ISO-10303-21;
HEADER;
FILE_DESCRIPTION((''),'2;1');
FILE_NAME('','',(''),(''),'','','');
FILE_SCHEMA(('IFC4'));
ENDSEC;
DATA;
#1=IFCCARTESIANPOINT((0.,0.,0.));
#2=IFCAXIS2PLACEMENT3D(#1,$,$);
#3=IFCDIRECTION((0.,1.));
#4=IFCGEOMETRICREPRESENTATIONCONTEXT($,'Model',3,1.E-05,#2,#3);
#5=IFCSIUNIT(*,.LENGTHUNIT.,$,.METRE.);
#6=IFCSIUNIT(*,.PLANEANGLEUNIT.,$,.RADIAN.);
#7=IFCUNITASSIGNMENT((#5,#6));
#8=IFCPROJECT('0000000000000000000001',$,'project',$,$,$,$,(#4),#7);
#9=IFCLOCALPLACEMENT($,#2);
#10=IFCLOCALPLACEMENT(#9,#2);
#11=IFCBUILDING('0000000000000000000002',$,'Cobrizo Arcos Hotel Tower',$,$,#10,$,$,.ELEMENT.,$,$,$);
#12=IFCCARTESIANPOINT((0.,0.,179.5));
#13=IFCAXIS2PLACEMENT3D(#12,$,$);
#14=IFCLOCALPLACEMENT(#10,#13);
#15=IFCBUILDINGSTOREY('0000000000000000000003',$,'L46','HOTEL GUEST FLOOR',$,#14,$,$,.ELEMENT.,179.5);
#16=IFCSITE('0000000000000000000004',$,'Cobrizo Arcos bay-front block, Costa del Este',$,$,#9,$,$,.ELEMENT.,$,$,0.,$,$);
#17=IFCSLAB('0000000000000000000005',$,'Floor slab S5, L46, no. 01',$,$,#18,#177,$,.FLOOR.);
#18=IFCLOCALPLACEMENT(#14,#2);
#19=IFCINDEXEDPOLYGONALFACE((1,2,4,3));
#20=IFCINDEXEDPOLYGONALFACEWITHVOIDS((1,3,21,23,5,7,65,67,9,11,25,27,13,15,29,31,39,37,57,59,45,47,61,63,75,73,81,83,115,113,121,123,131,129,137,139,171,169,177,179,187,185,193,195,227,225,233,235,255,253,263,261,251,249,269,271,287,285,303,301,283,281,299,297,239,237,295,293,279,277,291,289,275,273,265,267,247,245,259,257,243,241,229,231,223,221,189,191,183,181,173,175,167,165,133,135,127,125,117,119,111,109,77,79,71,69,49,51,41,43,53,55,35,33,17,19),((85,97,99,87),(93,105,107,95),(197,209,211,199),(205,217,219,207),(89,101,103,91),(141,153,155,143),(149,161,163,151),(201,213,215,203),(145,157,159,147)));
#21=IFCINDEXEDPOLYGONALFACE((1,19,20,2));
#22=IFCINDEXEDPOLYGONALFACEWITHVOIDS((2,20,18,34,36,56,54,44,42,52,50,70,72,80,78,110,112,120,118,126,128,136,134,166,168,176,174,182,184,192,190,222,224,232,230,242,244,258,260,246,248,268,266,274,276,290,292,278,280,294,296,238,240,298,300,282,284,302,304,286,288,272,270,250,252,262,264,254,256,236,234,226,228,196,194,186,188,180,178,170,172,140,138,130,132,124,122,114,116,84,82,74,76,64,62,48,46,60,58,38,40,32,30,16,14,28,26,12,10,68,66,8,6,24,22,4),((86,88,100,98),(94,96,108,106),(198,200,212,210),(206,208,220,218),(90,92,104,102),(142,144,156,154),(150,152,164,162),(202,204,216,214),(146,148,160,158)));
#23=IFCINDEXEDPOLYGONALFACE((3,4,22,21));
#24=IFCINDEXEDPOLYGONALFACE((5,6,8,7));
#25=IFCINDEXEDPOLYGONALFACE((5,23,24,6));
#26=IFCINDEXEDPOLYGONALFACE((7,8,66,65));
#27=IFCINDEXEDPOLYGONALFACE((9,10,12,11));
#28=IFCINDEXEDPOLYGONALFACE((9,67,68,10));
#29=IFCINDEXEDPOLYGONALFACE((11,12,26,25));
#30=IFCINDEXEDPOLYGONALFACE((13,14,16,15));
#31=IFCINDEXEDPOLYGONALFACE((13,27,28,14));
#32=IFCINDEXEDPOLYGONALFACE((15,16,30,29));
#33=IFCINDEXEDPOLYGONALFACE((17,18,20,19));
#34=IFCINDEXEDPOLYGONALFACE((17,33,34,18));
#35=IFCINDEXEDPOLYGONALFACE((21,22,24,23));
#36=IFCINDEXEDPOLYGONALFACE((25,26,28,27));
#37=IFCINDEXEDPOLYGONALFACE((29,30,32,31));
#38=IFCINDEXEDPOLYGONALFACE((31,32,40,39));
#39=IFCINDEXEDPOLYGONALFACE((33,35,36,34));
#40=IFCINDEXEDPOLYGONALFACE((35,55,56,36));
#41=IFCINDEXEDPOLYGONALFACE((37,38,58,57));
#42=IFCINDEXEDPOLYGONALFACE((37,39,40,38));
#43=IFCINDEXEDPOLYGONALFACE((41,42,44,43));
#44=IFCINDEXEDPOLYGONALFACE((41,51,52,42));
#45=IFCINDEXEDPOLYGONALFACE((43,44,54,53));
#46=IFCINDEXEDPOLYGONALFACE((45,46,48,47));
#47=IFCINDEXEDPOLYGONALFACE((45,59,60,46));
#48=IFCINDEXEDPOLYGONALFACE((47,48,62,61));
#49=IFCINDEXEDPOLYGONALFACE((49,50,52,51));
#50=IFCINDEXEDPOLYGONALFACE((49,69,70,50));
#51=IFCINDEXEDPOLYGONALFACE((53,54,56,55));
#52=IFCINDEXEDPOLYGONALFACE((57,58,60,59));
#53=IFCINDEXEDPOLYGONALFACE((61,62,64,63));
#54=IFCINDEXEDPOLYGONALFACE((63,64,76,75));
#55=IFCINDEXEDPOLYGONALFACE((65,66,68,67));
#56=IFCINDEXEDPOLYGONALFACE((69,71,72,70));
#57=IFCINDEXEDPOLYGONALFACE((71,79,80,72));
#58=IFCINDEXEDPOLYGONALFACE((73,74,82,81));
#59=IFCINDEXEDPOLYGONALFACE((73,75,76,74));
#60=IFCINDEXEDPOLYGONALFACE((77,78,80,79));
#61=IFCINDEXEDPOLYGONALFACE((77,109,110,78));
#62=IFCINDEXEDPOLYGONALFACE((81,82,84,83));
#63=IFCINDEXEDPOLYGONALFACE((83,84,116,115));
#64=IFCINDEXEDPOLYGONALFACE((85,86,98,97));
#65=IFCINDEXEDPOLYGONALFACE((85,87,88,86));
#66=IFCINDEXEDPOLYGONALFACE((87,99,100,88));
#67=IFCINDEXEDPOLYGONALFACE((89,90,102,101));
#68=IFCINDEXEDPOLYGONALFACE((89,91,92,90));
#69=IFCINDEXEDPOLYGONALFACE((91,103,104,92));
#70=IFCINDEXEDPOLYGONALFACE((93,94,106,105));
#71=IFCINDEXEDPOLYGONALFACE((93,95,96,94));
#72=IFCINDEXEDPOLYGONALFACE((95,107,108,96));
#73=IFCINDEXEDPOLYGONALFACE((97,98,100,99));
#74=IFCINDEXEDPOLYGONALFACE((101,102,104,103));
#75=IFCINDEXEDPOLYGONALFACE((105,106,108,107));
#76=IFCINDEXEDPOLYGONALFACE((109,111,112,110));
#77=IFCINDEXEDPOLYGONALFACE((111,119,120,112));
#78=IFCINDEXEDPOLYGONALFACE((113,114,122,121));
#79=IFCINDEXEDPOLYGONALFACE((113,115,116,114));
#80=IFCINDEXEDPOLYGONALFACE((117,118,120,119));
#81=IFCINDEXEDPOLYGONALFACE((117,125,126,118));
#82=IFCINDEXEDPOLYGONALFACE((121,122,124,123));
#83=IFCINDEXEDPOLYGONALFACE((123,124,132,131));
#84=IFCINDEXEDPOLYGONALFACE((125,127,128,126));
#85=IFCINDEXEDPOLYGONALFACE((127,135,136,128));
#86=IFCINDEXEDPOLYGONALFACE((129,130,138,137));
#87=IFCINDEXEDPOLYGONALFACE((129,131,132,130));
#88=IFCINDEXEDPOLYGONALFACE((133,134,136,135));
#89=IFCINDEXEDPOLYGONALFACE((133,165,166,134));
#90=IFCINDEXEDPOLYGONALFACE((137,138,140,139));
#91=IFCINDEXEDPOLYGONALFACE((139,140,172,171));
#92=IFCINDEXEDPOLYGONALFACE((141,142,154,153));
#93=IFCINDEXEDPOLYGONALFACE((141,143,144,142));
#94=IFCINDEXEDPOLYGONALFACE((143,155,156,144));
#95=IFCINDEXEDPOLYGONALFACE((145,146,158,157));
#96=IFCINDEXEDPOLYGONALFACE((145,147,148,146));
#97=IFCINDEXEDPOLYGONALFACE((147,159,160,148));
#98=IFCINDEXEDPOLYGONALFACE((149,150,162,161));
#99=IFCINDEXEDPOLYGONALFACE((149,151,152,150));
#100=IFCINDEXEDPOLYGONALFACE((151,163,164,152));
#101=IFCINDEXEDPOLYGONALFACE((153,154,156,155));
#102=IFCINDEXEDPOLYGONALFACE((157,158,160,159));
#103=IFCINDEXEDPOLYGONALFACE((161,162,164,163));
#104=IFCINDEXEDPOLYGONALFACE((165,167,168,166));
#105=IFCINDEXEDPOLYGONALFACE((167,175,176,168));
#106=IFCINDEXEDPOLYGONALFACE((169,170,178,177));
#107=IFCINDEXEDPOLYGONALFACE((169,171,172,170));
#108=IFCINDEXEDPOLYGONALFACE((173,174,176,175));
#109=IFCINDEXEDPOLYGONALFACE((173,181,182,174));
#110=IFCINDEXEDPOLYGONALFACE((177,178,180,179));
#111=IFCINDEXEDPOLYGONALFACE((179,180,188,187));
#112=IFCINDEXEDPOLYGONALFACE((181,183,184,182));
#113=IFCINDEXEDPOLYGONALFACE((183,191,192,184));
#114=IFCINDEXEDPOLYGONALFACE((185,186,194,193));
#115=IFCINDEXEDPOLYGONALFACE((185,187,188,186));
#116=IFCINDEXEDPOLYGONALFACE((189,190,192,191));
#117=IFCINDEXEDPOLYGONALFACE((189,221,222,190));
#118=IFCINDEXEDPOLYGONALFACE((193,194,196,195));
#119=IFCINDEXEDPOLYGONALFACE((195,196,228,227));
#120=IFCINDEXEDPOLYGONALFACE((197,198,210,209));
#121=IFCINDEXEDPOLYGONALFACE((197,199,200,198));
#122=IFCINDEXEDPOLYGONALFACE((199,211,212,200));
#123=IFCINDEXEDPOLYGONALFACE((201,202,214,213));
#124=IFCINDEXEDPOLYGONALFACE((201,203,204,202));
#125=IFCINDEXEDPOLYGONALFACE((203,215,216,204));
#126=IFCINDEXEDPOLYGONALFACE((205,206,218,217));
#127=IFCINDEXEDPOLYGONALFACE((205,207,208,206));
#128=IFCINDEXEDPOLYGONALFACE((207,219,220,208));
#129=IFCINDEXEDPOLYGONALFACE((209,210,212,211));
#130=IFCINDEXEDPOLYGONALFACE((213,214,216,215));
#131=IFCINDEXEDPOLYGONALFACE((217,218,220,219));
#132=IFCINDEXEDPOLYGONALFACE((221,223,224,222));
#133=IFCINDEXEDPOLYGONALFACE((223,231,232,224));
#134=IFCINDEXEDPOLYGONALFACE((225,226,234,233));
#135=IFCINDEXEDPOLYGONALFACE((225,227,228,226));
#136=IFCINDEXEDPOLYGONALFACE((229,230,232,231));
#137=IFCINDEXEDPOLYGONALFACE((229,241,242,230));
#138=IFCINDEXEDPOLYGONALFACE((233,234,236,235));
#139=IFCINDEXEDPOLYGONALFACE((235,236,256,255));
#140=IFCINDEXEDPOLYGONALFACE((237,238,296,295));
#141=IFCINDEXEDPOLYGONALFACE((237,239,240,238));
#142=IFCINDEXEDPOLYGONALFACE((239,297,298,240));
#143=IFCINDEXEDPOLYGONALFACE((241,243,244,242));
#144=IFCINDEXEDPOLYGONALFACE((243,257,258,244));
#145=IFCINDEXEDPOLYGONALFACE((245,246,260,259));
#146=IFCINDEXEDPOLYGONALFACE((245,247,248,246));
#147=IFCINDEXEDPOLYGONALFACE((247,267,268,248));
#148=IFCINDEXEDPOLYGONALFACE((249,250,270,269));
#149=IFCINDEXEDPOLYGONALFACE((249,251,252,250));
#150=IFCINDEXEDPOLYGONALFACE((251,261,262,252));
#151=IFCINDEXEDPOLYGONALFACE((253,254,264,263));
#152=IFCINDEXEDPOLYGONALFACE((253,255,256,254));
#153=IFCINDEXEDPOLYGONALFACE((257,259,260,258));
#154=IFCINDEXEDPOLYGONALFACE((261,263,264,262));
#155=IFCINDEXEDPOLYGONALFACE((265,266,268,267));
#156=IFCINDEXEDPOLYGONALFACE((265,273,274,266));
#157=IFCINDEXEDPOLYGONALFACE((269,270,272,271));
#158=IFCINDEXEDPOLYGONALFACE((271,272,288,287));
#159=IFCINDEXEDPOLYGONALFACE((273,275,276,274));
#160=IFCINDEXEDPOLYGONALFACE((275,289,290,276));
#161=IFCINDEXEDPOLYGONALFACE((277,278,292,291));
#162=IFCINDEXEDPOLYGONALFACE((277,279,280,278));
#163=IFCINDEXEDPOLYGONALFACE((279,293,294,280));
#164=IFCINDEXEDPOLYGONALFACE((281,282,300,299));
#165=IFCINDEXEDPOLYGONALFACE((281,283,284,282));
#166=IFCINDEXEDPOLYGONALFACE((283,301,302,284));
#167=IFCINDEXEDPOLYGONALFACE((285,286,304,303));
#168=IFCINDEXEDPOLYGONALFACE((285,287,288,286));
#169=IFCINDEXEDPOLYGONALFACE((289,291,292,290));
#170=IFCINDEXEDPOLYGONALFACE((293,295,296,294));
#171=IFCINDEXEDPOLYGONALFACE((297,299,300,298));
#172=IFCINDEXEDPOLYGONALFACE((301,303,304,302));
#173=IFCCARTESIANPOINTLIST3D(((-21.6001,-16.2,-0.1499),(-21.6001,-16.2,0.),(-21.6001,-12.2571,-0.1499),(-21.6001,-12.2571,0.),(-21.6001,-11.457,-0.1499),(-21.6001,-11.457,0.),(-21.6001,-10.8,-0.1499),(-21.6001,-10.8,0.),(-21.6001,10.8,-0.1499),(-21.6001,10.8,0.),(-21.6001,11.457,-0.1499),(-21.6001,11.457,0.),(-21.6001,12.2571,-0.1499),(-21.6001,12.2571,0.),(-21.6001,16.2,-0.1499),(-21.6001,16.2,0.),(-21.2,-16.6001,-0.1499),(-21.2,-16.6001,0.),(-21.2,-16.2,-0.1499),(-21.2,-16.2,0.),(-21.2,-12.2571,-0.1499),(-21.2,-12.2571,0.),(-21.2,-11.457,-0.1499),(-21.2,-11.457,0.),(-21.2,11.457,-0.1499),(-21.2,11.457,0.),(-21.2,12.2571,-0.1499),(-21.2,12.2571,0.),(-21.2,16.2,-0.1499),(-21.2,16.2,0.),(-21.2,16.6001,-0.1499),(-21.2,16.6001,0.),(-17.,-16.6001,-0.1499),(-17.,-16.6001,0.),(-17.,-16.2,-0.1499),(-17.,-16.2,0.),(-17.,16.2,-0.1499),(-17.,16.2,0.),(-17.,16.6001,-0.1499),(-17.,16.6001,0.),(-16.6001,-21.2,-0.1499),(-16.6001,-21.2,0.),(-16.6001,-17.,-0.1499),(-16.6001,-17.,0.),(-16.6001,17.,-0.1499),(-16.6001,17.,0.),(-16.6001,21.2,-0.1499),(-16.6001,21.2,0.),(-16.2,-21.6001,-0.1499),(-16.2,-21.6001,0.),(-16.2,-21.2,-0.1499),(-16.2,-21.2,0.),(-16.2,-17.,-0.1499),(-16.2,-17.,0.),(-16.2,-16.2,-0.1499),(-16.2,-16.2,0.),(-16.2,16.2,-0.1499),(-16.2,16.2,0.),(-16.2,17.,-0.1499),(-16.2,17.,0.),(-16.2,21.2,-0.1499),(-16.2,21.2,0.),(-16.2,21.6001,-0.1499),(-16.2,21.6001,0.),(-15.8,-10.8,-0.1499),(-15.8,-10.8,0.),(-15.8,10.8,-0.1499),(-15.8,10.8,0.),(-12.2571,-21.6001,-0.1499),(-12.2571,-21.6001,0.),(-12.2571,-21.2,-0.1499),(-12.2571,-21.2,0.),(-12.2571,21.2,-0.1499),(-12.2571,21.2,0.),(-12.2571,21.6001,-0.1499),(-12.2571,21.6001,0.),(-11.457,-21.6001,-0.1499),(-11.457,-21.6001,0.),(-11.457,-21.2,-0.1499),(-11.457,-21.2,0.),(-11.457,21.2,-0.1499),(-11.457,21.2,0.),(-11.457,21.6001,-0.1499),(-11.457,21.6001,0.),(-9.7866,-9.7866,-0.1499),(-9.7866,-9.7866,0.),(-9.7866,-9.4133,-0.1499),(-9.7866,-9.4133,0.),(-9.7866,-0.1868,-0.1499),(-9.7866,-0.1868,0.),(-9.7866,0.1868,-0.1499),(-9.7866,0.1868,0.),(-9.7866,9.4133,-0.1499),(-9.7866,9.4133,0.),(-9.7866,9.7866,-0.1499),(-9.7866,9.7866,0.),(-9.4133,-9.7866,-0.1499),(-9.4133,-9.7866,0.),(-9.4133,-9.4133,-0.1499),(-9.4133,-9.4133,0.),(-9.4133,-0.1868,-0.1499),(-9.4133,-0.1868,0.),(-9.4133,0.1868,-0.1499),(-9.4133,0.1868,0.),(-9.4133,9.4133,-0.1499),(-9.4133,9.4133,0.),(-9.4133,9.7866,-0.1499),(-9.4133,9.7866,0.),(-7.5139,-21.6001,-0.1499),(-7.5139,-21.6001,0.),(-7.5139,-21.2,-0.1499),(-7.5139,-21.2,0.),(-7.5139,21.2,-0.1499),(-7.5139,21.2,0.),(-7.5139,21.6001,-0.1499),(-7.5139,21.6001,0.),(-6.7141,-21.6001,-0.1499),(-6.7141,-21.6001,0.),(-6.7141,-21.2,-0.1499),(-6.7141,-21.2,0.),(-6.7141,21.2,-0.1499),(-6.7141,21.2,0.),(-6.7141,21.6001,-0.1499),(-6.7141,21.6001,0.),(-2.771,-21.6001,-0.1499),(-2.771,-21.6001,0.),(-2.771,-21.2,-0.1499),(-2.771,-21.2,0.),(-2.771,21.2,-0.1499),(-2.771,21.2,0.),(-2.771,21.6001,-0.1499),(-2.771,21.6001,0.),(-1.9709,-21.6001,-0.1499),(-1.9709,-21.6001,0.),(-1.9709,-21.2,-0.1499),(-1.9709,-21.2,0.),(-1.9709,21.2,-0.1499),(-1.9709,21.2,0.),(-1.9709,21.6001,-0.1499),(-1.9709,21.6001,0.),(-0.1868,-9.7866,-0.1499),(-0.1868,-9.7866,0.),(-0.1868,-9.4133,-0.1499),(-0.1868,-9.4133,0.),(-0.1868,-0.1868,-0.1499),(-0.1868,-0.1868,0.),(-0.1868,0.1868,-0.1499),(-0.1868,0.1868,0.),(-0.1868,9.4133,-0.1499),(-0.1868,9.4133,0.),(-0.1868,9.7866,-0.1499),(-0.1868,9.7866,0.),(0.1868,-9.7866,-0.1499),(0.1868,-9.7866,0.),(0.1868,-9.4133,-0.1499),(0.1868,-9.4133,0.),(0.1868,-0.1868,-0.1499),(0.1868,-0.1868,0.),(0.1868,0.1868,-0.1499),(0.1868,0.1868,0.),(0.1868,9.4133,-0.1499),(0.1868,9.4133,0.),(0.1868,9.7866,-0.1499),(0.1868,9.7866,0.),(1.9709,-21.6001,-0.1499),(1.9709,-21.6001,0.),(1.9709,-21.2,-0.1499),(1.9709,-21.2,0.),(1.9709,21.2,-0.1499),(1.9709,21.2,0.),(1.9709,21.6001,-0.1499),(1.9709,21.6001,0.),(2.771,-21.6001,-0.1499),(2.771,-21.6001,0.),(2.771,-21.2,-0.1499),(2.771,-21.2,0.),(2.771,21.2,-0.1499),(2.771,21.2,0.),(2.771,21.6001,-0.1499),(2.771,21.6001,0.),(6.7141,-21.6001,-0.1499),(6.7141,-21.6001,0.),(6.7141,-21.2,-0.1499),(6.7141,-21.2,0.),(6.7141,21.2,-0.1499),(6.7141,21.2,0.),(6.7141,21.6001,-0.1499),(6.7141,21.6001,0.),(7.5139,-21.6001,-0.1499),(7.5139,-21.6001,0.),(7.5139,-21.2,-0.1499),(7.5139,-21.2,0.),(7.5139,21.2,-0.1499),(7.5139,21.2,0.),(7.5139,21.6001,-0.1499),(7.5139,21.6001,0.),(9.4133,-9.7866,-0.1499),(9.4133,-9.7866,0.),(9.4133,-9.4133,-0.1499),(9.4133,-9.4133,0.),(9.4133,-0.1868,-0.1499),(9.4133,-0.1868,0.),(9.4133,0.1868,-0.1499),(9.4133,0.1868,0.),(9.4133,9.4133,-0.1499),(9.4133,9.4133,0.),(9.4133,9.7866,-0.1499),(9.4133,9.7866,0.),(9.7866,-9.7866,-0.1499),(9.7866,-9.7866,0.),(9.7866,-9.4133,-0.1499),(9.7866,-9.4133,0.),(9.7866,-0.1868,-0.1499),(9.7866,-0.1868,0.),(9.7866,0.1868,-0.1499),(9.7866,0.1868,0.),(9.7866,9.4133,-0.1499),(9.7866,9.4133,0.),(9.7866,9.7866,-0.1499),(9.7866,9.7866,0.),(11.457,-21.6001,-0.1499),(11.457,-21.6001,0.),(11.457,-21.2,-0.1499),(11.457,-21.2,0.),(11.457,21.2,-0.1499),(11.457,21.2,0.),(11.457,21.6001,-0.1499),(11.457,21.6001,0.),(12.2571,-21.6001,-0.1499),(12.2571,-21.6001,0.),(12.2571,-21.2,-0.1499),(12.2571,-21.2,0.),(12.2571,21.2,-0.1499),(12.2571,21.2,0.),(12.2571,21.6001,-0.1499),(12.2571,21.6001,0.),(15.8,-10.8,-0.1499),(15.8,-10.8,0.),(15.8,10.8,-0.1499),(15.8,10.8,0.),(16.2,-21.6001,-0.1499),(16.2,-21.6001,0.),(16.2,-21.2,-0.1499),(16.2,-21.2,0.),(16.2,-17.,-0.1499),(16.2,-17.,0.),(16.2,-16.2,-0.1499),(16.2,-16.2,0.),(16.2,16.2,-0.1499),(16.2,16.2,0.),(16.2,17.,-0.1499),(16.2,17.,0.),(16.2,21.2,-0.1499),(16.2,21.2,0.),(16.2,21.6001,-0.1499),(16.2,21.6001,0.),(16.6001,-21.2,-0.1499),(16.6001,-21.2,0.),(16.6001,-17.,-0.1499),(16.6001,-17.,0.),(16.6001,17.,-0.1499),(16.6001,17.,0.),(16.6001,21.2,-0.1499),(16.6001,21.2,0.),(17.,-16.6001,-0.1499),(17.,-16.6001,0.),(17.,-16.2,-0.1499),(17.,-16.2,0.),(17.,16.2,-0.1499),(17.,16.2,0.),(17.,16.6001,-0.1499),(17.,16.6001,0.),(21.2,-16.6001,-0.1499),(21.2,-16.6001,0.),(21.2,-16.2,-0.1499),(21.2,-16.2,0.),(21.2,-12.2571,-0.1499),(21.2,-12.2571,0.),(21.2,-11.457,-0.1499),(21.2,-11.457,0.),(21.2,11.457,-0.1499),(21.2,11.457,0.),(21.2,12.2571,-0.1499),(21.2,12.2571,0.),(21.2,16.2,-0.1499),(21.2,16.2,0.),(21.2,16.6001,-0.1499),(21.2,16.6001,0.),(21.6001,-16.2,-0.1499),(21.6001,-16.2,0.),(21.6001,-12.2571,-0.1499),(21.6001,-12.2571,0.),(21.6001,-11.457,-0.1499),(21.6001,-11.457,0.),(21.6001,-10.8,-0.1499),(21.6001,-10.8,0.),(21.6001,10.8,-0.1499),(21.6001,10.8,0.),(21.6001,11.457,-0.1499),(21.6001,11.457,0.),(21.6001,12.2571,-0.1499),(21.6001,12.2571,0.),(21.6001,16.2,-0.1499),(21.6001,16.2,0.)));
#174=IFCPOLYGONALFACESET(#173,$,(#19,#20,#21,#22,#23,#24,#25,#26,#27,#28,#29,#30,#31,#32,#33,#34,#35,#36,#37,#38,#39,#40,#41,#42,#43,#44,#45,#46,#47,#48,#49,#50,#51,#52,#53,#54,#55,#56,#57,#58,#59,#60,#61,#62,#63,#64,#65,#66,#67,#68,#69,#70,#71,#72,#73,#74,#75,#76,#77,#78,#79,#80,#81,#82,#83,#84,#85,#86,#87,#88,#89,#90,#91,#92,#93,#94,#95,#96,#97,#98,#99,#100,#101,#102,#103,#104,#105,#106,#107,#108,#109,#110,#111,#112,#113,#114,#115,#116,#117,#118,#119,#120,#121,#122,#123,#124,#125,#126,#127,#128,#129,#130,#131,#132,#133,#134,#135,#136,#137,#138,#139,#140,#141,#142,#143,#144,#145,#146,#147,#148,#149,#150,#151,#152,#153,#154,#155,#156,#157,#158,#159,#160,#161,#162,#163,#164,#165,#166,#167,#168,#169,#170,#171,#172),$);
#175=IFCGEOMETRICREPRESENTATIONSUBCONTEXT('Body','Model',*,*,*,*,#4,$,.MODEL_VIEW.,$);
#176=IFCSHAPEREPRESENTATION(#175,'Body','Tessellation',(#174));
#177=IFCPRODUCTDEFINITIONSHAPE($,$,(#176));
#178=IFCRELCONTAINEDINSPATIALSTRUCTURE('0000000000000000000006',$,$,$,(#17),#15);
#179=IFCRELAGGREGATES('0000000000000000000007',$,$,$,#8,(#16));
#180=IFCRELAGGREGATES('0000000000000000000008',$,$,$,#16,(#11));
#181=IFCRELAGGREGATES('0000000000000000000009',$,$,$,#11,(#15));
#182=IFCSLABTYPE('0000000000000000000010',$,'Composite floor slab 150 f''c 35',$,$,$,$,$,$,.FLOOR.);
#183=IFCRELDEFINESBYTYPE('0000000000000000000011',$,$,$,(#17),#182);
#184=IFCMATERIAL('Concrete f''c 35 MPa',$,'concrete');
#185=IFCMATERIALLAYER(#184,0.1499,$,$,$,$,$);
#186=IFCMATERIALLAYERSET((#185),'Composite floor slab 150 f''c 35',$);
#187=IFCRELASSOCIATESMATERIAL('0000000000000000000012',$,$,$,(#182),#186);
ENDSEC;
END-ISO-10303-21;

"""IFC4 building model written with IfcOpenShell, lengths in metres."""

from ifc_helpers import new_model, si_unit, direction, frame, origin, place, context, subcontext, project, spatial, polyline, outline, extrude, material, layer, layer_set, type_object, element, save


model = new_model("IFC4")

# Units and contexts
model_context = context("Model", 3, precision=1e-05, world=origin(), true_north=direction((0.0, 1.0)))
body_context = subcontext(model_context, "Body", "Model", "MODEL_VIEW")
ifc_project = project(units=[si_unit("LENGTHUNIT", "METRE"), si_unit("PLANEANGLEUNIT", "RADIAN")], contexts=[model_context])

# Site, building, storey
site_placement = place(None, origin())
site = spatial("IfcSite", under=ifc_project, at=site_placement, Name="Cobrizo Arcos bay-front block, Costa del Este", CompositionType="ELEMENT", RefElevation=0.0)
building_placement = place(site_placement, origin())
building = spatial("IfcBuilding", under=site, at=building_placement, Name="Cobrizo Arcos Hotel Tower", CompositionType="ELEMENT")
storey_placement = place(building_placement, frame((0.0, 0.0, 179.5)))
storey = spatial("IfcBuildingStorey", under=building, at=storey_placement, Name="L46", Description="HOTEL GUEST FLOOR", CompositionType="ELEMENT", Elevation=179.5)

# Slab
ifc_material_1 = material(Name="Concrete f'c 35 MPa", Category="concrete")
ifc_layer_1 = layer(ifc_material_1, 0.1499)
ifc_layer_set_1 = layer_set([ifc_layer_1], Name="Composite floor slab 150 f'c 35")
slab_type_1 = type_object("IfcSlabType", Name="Composite floor slab 150 f'c 35", PredefinedType="FLOOR", material=ifc_layer_set_1)
slab_1_placement = place(storey_placement, frame((0.0, 0.0, -0.1499)))
element("IfcSlab", 1, at=slab_1_placement, inside=storey, type_object=slab_type_1, Name="Floor slab S5, L46, no. 01", PredefinedType="FLOOR", context=body_context, shape_type="SweptSolid", body=[
    extrude(outline(polyline([(-16.2, -21.6001), (-16.2, -21.2), (-16.6001, -21.2), (-16.6001, -17.0), (-16.2, -17.0), (-16.2, -16.2), (-17.0, -16.2), (-17.0, -16.6001), (-21.2, -16.6001), (-21.2, -16.2), (-21.6001, -16.2), (-21.6001, -12.2571), (-21.2, -12.2571), (-21.2, -11.457), (-21.6001, -11.457), (-21.6001, -10.8), (-15.8, -10.8), (-15.8, 10.8), (-21.6001, 10.8), (-21.6001, 11.457), (-21.2, 11.457), (-21.2, 12.2571), (-21.6001, 12.2571), (-21.6001, 16.2), (-21.2, 16.2), (-21.2, 16.6001), (-17.0, 16.6001), (-17.0, 16.2), (-16.2, 16.2), (-16.2, 17.0), (-16.6001, 17.0), (-16.6001, 21.2), (-16.2, 21.2), (-16.2, 21.6001), (-12.2571, 21.6001), (-12.2571, 21.2), (-11.457, 21.2), (-11.457, 21.6001), (-7.5139, 21.6001), (-7.5139, 21.2), (-6.7141, 21.2), (-6.7141, 21.6001), (-2.771, 21.6001), (-2.771, 21.2), (-1.9709, 21.2), (-1.9709, 21.6001), (1.9709, 21.6001), (1.9709, 21.2), (2.771, 21.2), (2.771, 21.6001), (6.7141, 21.6001), (6.7141, 21.2), (7.5139, 21.2), (7.5139, 21.6001), (11.457, 21.6001), (11.457, 21.2), (12.2571, 21.2), (12.2571, 21.6001), (16.2, 21.6001), (16.2, 21.2), (16.6001, 21.2), (16.6001, 17.0), (16.2, 17.0), (16.2, 16.2), (17.0, 16.2), (17.0, 16.6001), (21.2, 16.6001), (21.2, 16.2), (21.6001, 16.2), (21.6001, 12.2571), (21.2, 12.2571), (21.2, 11.457), (21.6001, 11.457), (21.6001, 10.8), (15.8, 10.8), (15.8, -10.8), (21.6001, -10.8), (21.6001, -11.457), (21.2, -11.457), (21.2, -12.2571), (21.6001, -12.2571), (21.6001, -16.2), (21.2, -16.2), (21.2, -16.6001), (17.0, -16.6001), (17.0, -16.2), (16.2, -16.2), (16.2, -17.0), (16.6001, -17.0), (16.6001, -21.2), (16.2, -21.2), (16.2, -21.6001), (12.2571, -21.6001), (12.2571, -21.2), (11.457, -21.2), (11.457, -21.6001), (7.5139, -21.6001), (7.5139, -21.2), (6.7141, -21.2), (6.7141, -21.6001), (2.771, -21.6001), (2.771, -21.2), (1.9709, -21.2), (1.9709, -21.6001), (-1.9709, -21.6001), (-1.9709, -21.2), (-2.771, -21.2), (-2.771, -21.6001), (-6.7141, -21.6001), (-6.7141, -21.2), (-7.5139, -21.2), (-7.5139, -21.6001), (-11.457, -21.6001), (-11.457, -21.2), (-12.2571, -21.2), (-12.2571, -21.6001), (-16.2, -21.6001)]), holes=[polyline([(-0.1868, -9.7866), (0.1868, -9.7866), (0.1868, -9.4133), (-0.1868, -9.4133), (-0.1868, -9.7866)]), polyline([(-9.7866, -9.7866), (-9.4133, -9.7866), (-9.4133, -9.4133), (-9.7866, -9.4133), (-9.7866, -9.7866)]), polyline([(-9.4133, -0.1868), (-9.4133, 0.1868), (-9.7866, 0.1868), (-9.7866, -0.1868), (-9.4133, -0.1868)]), polyline([(0.1868, -0.1868), (0.1868, 0.1868), (-0.1868, 0.1868), (-0.1868, -0.1868), (0.1868, -0.1868)]), polyline([(-9.7866, 9.4133), (-9.4133, 9.4133), (-9.4133, 9.7866), (-9.7866, 9.7866), (-9.7866, 9.4133)]), polyline([(9.4133, -9.7866), (9.7866, -9.7866), (9.7866, -9.4133), (9.4133, -9.4133), (9.4133, -9.7866)]), polyline([(9.4133, -0.1868), (9.7866, -0.1868), (9.7866, 0.1868), (9.4133, 0.1868), (9.4133, -0.1868)]), polyline([(9.7866, 9.4133), (9.7866, 9.7866), (9.4133, 9.7866), (9.4133, 9.4133), (9.7866, 9.4133)]), polyline([(0.1868, 9.4133), (0.1868, 9.7866), (-0.1868, 9.7866), (-0.1868, 9.4133), (0.1868, 9.4133)])]), origin(), (0.0, 0.0, 1.0), 0.1499),
])

save(model, "model.ifc")
